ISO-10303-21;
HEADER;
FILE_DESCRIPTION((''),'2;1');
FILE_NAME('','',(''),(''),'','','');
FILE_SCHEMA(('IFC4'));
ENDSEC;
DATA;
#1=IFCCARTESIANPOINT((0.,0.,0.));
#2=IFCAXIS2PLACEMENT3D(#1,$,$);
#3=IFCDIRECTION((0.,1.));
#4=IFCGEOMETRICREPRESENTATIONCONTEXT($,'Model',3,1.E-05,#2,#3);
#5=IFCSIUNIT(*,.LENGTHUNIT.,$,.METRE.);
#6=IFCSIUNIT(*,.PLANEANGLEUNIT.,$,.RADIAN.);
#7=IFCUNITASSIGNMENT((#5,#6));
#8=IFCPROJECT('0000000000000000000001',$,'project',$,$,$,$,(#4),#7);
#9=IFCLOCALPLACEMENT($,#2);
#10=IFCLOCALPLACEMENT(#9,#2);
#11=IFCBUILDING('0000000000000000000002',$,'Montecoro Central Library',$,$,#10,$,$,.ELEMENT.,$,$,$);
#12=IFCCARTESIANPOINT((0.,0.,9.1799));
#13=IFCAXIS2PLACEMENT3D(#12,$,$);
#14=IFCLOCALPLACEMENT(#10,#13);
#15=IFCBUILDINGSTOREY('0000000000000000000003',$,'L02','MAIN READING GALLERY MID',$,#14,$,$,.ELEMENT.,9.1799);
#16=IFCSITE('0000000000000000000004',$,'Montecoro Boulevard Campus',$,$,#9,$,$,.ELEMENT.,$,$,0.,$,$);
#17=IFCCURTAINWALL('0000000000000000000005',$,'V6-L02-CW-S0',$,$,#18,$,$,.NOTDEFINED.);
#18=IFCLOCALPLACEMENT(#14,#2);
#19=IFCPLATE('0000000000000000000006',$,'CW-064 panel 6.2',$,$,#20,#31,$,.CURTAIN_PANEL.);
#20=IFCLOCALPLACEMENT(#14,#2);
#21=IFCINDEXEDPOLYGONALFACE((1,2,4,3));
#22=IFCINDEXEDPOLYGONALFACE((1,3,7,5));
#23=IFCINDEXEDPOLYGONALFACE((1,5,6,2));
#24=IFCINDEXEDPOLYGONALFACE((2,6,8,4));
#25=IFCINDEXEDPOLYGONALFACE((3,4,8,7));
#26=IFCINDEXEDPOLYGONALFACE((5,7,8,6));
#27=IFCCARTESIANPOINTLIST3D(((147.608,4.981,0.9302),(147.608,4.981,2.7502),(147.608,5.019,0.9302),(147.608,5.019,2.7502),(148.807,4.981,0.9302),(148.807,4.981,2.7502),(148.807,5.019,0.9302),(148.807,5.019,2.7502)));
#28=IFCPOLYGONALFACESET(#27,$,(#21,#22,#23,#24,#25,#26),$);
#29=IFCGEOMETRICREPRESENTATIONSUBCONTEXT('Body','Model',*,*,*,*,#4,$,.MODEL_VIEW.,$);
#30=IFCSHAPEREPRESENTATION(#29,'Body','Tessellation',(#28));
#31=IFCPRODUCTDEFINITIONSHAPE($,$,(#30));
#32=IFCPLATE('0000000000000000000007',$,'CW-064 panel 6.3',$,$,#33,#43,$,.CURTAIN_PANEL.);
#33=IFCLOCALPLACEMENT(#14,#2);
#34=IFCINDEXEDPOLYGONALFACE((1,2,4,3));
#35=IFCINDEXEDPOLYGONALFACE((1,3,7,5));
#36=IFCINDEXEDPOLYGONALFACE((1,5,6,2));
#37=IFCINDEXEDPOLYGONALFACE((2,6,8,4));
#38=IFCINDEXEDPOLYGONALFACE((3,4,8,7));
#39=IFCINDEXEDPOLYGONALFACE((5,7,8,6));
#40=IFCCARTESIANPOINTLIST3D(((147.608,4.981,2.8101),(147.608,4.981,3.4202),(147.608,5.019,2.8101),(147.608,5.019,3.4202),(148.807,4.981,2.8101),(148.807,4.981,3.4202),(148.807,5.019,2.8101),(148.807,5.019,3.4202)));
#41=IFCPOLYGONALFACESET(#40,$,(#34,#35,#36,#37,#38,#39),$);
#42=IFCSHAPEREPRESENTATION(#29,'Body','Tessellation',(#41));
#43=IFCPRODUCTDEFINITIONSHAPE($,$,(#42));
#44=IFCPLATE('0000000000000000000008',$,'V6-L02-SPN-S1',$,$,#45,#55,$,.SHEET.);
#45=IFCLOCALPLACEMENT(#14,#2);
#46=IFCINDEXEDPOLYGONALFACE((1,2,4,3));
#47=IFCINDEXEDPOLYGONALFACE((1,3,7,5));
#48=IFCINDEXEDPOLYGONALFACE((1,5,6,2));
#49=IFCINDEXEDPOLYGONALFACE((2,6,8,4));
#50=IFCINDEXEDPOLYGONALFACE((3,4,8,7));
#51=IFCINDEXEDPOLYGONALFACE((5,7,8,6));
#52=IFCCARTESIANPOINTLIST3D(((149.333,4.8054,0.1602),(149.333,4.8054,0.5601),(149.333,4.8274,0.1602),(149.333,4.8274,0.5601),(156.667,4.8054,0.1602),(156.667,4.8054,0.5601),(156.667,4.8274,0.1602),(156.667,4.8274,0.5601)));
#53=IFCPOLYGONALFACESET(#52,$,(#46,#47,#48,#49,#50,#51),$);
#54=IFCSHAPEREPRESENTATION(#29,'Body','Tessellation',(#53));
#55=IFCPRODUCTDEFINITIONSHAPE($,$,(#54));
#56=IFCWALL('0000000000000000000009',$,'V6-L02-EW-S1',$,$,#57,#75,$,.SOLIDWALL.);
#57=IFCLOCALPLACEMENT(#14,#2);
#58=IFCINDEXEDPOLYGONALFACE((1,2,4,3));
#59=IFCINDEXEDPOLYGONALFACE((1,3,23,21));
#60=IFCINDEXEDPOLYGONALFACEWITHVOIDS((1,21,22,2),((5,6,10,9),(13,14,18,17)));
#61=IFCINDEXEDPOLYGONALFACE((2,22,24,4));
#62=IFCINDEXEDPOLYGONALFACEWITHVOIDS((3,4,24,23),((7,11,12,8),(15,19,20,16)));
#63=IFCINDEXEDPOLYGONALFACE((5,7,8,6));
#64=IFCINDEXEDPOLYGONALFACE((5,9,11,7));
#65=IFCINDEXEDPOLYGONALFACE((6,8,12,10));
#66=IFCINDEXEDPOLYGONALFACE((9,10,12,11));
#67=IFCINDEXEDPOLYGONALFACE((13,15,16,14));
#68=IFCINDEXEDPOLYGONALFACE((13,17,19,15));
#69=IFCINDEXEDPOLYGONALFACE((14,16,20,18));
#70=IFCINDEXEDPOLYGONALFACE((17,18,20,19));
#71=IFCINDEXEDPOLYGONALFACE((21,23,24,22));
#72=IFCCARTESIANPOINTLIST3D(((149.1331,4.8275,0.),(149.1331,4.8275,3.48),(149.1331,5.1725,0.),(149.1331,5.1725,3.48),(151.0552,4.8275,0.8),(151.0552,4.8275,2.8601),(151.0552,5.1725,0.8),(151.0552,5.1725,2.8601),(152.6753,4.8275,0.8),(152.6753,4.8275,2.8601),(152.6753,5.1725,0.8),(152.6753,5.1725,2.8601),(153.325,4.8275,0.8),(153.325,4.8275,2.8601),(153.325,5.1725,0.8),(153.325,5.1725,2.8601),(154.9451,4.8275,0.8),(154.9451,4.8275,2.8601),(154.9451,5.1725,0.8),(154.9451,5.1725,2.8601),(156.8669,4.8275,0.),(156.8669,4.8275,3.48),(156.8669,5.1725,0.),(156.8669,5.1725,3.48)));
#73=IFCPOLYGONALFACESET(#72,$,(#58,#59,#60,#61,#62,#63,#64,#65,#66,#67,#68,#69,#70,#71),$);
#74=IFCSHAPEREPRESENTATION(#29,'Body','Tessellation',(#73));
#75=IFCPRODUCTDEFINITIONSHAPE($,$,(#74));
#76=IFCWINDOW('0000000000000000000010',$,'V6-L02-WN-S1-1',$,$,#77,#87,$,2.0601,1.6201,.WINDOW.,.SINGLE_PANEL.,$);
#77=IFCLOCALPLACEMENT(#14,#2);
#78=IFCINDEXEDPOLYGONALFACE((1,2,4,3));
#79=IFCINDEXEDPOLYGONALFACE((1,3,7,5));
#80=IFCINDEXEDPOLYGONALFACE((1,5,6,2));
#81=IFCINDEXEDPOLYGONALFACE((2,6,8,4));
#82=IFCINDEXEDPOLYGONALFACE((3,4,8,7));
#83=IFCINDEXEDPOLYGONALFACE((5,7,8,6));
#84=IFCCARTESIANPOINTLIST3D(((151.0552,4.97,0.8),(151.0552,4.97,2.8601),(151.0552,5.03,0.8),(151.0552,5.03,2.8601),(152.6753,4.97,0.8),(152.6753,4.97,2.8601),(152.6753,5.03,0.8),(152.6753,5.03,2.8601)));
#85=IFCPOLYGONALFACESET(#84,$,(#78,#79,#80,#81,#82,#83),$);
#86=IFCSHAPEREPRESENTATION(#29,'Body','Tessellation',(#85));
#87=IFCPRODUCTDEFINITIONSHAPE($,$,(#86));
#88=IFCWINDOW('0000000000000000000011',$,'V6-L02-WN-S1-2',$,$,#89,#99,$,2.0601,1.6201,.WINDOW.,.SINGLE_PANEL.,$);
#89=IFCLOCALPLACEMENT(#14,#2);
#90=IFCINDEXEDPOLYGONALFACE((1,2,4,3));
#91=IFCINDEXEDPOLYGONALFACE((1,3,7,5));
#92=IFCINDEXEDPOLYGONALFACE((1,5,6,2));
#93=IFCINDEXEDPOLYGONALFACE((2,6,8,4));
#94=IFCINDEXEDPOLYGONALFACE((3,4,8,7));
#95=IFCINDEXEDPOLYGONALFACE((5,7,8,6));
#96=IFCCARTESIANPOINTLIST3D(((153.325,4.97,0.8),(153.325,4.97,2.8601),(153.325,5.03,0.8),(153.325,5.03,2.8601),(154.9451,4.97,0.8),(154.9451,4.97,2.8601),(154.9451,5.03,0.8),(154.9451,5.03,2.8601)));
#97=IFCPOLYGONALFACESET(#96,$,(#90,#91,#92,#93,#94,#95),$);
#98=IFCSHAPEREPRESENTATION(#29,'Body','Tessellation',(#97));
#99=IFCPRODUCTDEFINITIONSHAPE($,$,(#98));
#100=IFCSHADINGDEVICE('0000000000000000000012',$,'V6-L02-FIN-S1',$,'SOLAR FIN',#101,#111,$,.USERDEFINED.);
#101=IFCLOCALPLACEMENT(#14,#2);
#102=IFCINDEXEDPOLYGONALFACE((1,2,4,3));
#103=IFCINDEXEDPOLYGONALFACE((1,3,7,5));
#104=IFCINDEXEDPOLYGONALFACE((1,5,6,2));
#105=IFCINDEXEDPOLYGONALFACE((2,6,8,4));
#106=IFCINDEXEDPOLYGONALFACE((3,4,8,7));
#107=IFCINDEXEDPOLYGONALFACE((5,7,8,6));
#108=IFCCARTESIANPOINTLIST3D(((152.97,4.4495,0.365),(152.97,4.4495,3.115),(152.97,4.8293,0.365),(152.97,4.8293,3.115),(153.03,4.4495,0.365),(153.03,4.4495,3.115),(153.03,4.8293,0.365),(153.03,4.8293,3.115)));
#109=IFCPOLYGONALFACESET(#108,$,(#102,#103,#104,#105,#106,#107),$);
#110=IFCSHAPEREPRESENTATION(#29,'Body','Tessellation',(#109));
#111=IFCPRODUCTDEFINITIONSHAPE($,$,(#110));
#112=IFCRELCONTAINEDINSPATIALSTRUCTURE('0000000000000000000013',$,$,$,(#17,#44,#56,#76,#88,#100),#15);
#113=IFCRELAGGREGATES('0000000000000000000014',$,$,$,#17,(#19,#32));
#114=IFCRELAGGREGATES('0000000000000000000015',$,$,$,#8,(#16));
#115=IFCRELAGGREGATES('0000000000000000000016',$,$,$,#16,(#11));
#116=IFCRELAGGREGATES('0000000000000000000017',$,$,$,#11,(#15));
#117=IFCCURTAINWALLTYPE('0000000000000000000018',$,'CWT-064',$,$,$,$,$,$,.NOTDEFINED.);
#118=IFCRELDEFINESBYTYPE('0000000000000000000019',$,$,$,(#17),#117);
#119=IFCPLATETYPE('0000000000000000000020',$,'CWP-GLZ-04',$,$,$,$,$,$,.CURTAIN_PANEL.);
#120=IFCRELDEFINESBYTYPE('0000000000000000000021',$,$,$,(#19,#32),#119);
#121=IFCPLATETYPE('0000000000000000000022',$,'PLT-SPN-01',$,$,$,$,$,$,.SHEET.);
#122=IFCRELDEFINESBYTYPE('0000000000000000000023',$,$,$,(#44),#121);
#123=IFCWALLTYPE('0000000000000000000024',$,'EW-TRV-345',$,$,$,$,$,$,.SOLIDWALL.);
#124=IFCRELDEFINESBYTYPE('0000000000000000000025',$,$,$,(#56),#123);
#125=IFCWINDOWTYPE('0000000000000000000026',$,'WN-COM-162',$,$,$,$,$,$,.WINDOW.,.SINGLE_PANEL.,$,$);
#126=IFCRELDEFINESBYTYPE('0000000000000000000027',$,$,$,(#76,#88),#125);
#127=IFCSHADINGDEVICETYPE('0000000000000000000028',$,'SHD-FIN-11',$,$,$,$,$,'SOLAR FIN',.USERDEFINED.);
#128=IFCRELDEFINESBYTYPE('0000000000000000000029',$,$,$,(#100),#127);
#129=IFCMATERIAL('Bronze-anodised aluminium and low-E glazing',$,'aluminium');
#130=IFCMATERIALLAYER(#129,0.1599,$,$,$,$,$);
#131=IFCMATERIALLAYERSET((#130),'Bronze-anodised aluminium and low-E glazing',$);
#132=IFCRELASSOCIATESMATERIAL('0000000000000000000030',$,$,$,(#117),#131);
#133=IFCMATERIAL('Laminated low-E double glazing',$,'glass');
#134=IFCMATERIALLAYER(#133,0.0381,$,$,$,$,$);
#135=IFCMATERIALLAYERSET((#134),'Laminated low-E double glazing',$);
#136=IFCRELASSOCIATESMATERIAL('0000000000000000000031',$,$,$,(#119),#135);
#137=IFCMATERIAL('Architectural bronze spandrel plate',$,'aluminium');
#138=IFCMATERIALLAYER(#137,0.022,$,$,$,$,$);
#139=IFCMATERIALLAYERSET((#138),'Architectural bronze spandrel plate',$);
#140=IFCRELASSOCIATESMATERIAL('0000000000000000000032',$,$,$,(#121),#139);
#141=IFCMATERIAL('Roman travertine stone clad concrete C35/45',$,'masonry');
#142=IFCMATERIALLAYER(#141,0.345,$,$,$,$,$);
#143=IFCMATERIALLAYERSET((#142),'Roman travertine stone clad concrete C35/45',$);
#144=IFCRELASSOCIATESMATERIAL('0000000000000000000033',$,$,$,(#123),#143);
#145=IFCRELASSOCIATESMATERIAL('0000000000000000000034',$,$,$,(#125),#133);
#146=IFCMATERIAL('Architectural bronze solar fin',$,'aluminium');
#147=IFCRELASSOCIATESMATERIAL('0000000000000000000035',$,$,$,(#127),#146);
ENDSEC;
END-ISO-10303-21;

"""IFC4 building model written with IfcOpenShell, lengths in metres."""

from ifc_helpers import new_model, si_unit, direction, frame, frame_2d, origin, origin_2d, place, context, subcontext, project, spatial, rectangle, extrude, material, layer, layer_set, type_object, element, fill, aggregate, save


model = new_model("IFC4")

# Units and contexts
model_context = context("Model", 3, precision=1e-05, world=origin(), true_north=direction((0.0, 1.0)))
body_context = subcontext(model_context, "Body", "Model", "MODEL_VIEW")
ifc_project = project(units=[si_unit("LENGTHUNIT", "METRE"), si_unit("PLANEANGLEUNIT", "RADIAN")], contexts=[model_context])

# Site, building, storey
site_placement = place(None, origin())
site = spatial("IfcSite", under=ifc_project, at=site_placement, Name="Montecoro Boulevard Campus", CompositionType="ELEMENT", RefElevation=0.0)
building_placement = place(site_placement, origin())
building = spatial("IfcBuilding", under=site, at=building_placement, Name="Montecoro Central Library", CompositionType="ELEMENT")
storey_placement = place(building_placement, frame((0.0, 0.0, 9.1799)))
storey = spatial("IfcBuildingStorey", under=building, at=storey_placement, Name="L02", Description="MAIN READING GALLERY MID", CompositionType="ELEMENT", Elevation=9.1799)

# Curtain wall
ifc_material_1 = material(Name="Bronze-anodised aluminium and low-E glazing", Category="aluminium")
ifc_layer_1 = layer(ifc_material_1, 0.1599)
ifc_layer_set_1 = layer_set([ifc_layer_1], Name="Bronze-anodised aluminium and low-E glazing")
curtain_wall_type = type_object("IfcCurtainWallType", Name="CWT-064", PredefinedType="NOTDEFINED", material=ifc_layer_set_1)
curtain_wall_1_placement = place(storey_placement, origin())
curtain_wall_1 = element("IfcCurtainWall", 1, at=curtain_wall_1_placement, inside=storey, type_object=curtain_wall_type, Name="V6-L02-CW-S0", PredefinedType="NOTDEFINED")

# Plates
ifc_material_2 = material(Name="Laminated low-E double glazing", Category="glass")
ifc_layer_2 = layer(ifc_material_2, 0.0381)
ifc_layer_set_2 = layer_set([ifc_layer_2], Name="Laminated low-E double glazing")
plate_type_1 = type_object("IfcPlateType", Name="CWP-GLZ-04", PredefinedType="CURTAIN_PANEL", material=ifc_layer_set_2)
plate_1_placement = place(storey_placement, frame((148.2075, 5.0, 0.9302), z_axis=(0.0, 0.0, 1.0), x_axis=(1.0, 0.0, 0.0)))
plate_1 = element("IfcPlate", 2, at=plate_1_placement, type_object=plate_type_1, Name="CW-064 panel 6.2", PredefinedType="CURTAIN_PANEL", context=body_context, shape_type="SweptSolid", body=[
    extrude(rectangle(XDim=1.199, YDim=0.0381, at=origin_2d()), origin(), (0.0, 0.0, 1.0), 1.8201),
])
plate_2_placement = place(storey_placement, frame((148.2075, 5.0, 2.8101), z_axis=(0.0, 0.0, 1.0), x_axis=(1.0, 0.0, 0.0)))
plate_2 = element("IfcPlate", 3, at=plate_2_placement, type_object=plate_type_1, Name="CW-064 panel 6.3", PredefinedType="CURTAIN_PANEL", context=body_context, shape_type="SweptSolid", body=[
    extrude(rectangle(XDim=1.199, YDim=0.0381, at=origin_2d()), origin(), (0.0, 0.0, 1.0), 0.6101),
])
aggregate(curtain_wall_1, [plate_1, plate_2])
ifc_material_3 = material(Name="Architectural bronze spandrel plate", Category="aluminium")
ifc_layer_3 = layer(ifc_material_3, 0.022)
ifc_layer_set_3 = layer_set([ifc_layer_3], Name="Architectural bronze spandrel plate")
plate_type_2 = type_object("IfcPlateType", Name="PLT-SPN-01", PredefinedType="SHEET", material=ifc_layer_set_3)
plate_3_placement = place(storey_placement, frame((153.0, 4.8164, 0.1602), z_axis=(0.0, 0.0, 1.0), x_axis=(1.0, 0.0, 0.0)))
element("IfcPlate", 4, at=plate_3_placement, inside=storey, type_object=plate_type_2, Name="V6-L02-SPN-S1", PredefinedType="SHEET", context=body_context, shape_type="SweptSolid", body=[
    extrude(rectangle(XDim=7.334, YDim=0.022, at=origin_2d()), origin(), (0.0, 0.0, 1.0), 0.3999),
])

# Wall, openings, windows
ifc_material_4 = material(Name="Roman travertine stone clad concrete C35/45", Category="masonry")
ifc_layer_4 = layer(ifc_material_4, 0.345)
ifc_layer_set_4 = layer_set([ifc_layer_4], Name="Roman travertine stone clad concrete C35/45")
wall_type = type_object("IfcWallType", Name="EW-TRV-345", PredefinedType="SOLIDWALL", material=ifc_layer_set_4)
wall_placement = place(storey_placement, frame((149.1331, 5.0, 0.0), z_axis=(0.0, 0.0, 1.0), x_axis=(1.0, 0.0, 0.0)))
wall = element("IfcWall", 5, at=wall_placement, inside=storey, type_object=wall_type, Name="V6-L02-EW-S1", PredefinedType="SOLIDWALL", context=body_context, shape_type="SweptSolid", body=[
    extrude(rectangle(XDim=7.7339, YDim=0.345, at=frame_2d((3.8669, 0.0))), origin(), (0.0, 0.0, 1.0), 3.48),
])
opening_1_placement = place(wall_placement, frame((1.9221, 0.0, 0.8)))
opening_1 = element("IfcOpeningElement", 6, at=opening_1_placement, cuts=wall, PredefinedType="OPENING", context=body_context, shape_type="SweptSolid", body=[
    extrude(rectangle(XDim=1.6201, YDim=2.0601, at=frame_2d((0.8101, 1.03))), frame((0.0, 0.1824, 0.0), z_axis=(0.0, -1.0, 0.0), x_axis=(1.0, 0.0, 0.0)), (0.0, 0.0, 1.0), 0.365),
])
opening_2_placement = place(wall_placement, frame((4.1919, 0.0, 0.8)))
opening_2 = element("IfcOpeningElement", 7, at=opening_2_placement, cuts=wall, PredefinedType="OPENING", context=body_context, shape_type="SweptSolid", body=[
    extrude(rectangle(XDim=1.6201, YDim=2.0601, at=frame_2d((0.8101, 1.03))), frame((0.0, 0.1824, 0.0), z_axis=(0.0, -1.0, 0.0), x_axis=(1.0, 0.0, 0.0)), (0.0, 0.0, 1.0), 0.365),
])
window_type = type_object("IfcWindowType", Name="WN-COM-162", PartitioningType="SINGLE_PANEL", PredefinedType="WINDOW", material=ifc_material_2)
window_1_placement = place(opening_1_placement, origin())
window_1 = element("IfcWindow", 8, at=window_1_placement, inside=storey, type_object=window_type, Name="V6-L02-WN-S1-1", OverallHeight=2.0601, OverallWidth=1.6201, PartitioningType="SINGLE_PANEL", PredefinedType="WINDOW", context=body_context, shape_type="SweptSolid", body=[
    extrude(rectangle(XDim=1.6201, YDim=2.0601, at=frame_2d((0.8101, 1.03))), frame((0.0, 0.03, 0.0), z_axis=(0.0, -1.0, 0.0), x_axis=(1.0, 0.0, 0.0)), (0.0, 0.0, 1.0), 0.0601),
])
fill(opening_1, window_1)
window_2_placement = place(opening_2_placement, origin())
window_2 = element("IfcWindow", 9, at=window_2_placement, inside=storey, type_object=window_type, Name="V6-L02-WN-S1-2", OverallHeight=2.0601, OverallWidth=1.6201, PartitioningType="SINGLE_PANEL", PredefinedType="WINDOW", context=body_context, shape_type="SweptSolid", body=[
    extrude(rectangle(XDim=1.6201, YDim=2.0601, at=frame_2d((0.8101, 1.03))), frame((0.0, 0.03, 0.0), z_axis=(0.0, -1.0, 0.0), x_axis=(1.0, 0.0, 0.0)), (0.0, 0.0, 1.0), 0.0601),
])
fill(opening_2, window_2)

# Shading device
ifc_material_5 = material(Name="Architectural bronze solar fin", Category="aluminium")
shading_device_type = type_object("IfcShadingDeviceType", Name="SHD-FIN-11", ElementType="SOLAR FIN", PredefinedType="USERDEFINED", material=ifc_material_5)
shading_device_placement = place(storey_placement, frame((153.0, 4.6394, 0.365), z_axis=(0.0, 0.0, 1.0), x_axis=(1.0, 0.0, 0.0)))
element("IfcShadingDevice", 10, at=shading_device_placement, inside=storey, type_object=shading_device_type, Name="V6-L02-FIN-S1", ObjectType="SOLAR FIN", PredefinedType="USERDEFINED", context=body_context, shape_type="SweptSolid", body=[
    extrude(rectangle(XDim=0.0601, YDim=0.3799, at=origin_2d()), origin(), (0.0, 0.0, 1.0), 2.75),
])

save(model, "model.ifc")
